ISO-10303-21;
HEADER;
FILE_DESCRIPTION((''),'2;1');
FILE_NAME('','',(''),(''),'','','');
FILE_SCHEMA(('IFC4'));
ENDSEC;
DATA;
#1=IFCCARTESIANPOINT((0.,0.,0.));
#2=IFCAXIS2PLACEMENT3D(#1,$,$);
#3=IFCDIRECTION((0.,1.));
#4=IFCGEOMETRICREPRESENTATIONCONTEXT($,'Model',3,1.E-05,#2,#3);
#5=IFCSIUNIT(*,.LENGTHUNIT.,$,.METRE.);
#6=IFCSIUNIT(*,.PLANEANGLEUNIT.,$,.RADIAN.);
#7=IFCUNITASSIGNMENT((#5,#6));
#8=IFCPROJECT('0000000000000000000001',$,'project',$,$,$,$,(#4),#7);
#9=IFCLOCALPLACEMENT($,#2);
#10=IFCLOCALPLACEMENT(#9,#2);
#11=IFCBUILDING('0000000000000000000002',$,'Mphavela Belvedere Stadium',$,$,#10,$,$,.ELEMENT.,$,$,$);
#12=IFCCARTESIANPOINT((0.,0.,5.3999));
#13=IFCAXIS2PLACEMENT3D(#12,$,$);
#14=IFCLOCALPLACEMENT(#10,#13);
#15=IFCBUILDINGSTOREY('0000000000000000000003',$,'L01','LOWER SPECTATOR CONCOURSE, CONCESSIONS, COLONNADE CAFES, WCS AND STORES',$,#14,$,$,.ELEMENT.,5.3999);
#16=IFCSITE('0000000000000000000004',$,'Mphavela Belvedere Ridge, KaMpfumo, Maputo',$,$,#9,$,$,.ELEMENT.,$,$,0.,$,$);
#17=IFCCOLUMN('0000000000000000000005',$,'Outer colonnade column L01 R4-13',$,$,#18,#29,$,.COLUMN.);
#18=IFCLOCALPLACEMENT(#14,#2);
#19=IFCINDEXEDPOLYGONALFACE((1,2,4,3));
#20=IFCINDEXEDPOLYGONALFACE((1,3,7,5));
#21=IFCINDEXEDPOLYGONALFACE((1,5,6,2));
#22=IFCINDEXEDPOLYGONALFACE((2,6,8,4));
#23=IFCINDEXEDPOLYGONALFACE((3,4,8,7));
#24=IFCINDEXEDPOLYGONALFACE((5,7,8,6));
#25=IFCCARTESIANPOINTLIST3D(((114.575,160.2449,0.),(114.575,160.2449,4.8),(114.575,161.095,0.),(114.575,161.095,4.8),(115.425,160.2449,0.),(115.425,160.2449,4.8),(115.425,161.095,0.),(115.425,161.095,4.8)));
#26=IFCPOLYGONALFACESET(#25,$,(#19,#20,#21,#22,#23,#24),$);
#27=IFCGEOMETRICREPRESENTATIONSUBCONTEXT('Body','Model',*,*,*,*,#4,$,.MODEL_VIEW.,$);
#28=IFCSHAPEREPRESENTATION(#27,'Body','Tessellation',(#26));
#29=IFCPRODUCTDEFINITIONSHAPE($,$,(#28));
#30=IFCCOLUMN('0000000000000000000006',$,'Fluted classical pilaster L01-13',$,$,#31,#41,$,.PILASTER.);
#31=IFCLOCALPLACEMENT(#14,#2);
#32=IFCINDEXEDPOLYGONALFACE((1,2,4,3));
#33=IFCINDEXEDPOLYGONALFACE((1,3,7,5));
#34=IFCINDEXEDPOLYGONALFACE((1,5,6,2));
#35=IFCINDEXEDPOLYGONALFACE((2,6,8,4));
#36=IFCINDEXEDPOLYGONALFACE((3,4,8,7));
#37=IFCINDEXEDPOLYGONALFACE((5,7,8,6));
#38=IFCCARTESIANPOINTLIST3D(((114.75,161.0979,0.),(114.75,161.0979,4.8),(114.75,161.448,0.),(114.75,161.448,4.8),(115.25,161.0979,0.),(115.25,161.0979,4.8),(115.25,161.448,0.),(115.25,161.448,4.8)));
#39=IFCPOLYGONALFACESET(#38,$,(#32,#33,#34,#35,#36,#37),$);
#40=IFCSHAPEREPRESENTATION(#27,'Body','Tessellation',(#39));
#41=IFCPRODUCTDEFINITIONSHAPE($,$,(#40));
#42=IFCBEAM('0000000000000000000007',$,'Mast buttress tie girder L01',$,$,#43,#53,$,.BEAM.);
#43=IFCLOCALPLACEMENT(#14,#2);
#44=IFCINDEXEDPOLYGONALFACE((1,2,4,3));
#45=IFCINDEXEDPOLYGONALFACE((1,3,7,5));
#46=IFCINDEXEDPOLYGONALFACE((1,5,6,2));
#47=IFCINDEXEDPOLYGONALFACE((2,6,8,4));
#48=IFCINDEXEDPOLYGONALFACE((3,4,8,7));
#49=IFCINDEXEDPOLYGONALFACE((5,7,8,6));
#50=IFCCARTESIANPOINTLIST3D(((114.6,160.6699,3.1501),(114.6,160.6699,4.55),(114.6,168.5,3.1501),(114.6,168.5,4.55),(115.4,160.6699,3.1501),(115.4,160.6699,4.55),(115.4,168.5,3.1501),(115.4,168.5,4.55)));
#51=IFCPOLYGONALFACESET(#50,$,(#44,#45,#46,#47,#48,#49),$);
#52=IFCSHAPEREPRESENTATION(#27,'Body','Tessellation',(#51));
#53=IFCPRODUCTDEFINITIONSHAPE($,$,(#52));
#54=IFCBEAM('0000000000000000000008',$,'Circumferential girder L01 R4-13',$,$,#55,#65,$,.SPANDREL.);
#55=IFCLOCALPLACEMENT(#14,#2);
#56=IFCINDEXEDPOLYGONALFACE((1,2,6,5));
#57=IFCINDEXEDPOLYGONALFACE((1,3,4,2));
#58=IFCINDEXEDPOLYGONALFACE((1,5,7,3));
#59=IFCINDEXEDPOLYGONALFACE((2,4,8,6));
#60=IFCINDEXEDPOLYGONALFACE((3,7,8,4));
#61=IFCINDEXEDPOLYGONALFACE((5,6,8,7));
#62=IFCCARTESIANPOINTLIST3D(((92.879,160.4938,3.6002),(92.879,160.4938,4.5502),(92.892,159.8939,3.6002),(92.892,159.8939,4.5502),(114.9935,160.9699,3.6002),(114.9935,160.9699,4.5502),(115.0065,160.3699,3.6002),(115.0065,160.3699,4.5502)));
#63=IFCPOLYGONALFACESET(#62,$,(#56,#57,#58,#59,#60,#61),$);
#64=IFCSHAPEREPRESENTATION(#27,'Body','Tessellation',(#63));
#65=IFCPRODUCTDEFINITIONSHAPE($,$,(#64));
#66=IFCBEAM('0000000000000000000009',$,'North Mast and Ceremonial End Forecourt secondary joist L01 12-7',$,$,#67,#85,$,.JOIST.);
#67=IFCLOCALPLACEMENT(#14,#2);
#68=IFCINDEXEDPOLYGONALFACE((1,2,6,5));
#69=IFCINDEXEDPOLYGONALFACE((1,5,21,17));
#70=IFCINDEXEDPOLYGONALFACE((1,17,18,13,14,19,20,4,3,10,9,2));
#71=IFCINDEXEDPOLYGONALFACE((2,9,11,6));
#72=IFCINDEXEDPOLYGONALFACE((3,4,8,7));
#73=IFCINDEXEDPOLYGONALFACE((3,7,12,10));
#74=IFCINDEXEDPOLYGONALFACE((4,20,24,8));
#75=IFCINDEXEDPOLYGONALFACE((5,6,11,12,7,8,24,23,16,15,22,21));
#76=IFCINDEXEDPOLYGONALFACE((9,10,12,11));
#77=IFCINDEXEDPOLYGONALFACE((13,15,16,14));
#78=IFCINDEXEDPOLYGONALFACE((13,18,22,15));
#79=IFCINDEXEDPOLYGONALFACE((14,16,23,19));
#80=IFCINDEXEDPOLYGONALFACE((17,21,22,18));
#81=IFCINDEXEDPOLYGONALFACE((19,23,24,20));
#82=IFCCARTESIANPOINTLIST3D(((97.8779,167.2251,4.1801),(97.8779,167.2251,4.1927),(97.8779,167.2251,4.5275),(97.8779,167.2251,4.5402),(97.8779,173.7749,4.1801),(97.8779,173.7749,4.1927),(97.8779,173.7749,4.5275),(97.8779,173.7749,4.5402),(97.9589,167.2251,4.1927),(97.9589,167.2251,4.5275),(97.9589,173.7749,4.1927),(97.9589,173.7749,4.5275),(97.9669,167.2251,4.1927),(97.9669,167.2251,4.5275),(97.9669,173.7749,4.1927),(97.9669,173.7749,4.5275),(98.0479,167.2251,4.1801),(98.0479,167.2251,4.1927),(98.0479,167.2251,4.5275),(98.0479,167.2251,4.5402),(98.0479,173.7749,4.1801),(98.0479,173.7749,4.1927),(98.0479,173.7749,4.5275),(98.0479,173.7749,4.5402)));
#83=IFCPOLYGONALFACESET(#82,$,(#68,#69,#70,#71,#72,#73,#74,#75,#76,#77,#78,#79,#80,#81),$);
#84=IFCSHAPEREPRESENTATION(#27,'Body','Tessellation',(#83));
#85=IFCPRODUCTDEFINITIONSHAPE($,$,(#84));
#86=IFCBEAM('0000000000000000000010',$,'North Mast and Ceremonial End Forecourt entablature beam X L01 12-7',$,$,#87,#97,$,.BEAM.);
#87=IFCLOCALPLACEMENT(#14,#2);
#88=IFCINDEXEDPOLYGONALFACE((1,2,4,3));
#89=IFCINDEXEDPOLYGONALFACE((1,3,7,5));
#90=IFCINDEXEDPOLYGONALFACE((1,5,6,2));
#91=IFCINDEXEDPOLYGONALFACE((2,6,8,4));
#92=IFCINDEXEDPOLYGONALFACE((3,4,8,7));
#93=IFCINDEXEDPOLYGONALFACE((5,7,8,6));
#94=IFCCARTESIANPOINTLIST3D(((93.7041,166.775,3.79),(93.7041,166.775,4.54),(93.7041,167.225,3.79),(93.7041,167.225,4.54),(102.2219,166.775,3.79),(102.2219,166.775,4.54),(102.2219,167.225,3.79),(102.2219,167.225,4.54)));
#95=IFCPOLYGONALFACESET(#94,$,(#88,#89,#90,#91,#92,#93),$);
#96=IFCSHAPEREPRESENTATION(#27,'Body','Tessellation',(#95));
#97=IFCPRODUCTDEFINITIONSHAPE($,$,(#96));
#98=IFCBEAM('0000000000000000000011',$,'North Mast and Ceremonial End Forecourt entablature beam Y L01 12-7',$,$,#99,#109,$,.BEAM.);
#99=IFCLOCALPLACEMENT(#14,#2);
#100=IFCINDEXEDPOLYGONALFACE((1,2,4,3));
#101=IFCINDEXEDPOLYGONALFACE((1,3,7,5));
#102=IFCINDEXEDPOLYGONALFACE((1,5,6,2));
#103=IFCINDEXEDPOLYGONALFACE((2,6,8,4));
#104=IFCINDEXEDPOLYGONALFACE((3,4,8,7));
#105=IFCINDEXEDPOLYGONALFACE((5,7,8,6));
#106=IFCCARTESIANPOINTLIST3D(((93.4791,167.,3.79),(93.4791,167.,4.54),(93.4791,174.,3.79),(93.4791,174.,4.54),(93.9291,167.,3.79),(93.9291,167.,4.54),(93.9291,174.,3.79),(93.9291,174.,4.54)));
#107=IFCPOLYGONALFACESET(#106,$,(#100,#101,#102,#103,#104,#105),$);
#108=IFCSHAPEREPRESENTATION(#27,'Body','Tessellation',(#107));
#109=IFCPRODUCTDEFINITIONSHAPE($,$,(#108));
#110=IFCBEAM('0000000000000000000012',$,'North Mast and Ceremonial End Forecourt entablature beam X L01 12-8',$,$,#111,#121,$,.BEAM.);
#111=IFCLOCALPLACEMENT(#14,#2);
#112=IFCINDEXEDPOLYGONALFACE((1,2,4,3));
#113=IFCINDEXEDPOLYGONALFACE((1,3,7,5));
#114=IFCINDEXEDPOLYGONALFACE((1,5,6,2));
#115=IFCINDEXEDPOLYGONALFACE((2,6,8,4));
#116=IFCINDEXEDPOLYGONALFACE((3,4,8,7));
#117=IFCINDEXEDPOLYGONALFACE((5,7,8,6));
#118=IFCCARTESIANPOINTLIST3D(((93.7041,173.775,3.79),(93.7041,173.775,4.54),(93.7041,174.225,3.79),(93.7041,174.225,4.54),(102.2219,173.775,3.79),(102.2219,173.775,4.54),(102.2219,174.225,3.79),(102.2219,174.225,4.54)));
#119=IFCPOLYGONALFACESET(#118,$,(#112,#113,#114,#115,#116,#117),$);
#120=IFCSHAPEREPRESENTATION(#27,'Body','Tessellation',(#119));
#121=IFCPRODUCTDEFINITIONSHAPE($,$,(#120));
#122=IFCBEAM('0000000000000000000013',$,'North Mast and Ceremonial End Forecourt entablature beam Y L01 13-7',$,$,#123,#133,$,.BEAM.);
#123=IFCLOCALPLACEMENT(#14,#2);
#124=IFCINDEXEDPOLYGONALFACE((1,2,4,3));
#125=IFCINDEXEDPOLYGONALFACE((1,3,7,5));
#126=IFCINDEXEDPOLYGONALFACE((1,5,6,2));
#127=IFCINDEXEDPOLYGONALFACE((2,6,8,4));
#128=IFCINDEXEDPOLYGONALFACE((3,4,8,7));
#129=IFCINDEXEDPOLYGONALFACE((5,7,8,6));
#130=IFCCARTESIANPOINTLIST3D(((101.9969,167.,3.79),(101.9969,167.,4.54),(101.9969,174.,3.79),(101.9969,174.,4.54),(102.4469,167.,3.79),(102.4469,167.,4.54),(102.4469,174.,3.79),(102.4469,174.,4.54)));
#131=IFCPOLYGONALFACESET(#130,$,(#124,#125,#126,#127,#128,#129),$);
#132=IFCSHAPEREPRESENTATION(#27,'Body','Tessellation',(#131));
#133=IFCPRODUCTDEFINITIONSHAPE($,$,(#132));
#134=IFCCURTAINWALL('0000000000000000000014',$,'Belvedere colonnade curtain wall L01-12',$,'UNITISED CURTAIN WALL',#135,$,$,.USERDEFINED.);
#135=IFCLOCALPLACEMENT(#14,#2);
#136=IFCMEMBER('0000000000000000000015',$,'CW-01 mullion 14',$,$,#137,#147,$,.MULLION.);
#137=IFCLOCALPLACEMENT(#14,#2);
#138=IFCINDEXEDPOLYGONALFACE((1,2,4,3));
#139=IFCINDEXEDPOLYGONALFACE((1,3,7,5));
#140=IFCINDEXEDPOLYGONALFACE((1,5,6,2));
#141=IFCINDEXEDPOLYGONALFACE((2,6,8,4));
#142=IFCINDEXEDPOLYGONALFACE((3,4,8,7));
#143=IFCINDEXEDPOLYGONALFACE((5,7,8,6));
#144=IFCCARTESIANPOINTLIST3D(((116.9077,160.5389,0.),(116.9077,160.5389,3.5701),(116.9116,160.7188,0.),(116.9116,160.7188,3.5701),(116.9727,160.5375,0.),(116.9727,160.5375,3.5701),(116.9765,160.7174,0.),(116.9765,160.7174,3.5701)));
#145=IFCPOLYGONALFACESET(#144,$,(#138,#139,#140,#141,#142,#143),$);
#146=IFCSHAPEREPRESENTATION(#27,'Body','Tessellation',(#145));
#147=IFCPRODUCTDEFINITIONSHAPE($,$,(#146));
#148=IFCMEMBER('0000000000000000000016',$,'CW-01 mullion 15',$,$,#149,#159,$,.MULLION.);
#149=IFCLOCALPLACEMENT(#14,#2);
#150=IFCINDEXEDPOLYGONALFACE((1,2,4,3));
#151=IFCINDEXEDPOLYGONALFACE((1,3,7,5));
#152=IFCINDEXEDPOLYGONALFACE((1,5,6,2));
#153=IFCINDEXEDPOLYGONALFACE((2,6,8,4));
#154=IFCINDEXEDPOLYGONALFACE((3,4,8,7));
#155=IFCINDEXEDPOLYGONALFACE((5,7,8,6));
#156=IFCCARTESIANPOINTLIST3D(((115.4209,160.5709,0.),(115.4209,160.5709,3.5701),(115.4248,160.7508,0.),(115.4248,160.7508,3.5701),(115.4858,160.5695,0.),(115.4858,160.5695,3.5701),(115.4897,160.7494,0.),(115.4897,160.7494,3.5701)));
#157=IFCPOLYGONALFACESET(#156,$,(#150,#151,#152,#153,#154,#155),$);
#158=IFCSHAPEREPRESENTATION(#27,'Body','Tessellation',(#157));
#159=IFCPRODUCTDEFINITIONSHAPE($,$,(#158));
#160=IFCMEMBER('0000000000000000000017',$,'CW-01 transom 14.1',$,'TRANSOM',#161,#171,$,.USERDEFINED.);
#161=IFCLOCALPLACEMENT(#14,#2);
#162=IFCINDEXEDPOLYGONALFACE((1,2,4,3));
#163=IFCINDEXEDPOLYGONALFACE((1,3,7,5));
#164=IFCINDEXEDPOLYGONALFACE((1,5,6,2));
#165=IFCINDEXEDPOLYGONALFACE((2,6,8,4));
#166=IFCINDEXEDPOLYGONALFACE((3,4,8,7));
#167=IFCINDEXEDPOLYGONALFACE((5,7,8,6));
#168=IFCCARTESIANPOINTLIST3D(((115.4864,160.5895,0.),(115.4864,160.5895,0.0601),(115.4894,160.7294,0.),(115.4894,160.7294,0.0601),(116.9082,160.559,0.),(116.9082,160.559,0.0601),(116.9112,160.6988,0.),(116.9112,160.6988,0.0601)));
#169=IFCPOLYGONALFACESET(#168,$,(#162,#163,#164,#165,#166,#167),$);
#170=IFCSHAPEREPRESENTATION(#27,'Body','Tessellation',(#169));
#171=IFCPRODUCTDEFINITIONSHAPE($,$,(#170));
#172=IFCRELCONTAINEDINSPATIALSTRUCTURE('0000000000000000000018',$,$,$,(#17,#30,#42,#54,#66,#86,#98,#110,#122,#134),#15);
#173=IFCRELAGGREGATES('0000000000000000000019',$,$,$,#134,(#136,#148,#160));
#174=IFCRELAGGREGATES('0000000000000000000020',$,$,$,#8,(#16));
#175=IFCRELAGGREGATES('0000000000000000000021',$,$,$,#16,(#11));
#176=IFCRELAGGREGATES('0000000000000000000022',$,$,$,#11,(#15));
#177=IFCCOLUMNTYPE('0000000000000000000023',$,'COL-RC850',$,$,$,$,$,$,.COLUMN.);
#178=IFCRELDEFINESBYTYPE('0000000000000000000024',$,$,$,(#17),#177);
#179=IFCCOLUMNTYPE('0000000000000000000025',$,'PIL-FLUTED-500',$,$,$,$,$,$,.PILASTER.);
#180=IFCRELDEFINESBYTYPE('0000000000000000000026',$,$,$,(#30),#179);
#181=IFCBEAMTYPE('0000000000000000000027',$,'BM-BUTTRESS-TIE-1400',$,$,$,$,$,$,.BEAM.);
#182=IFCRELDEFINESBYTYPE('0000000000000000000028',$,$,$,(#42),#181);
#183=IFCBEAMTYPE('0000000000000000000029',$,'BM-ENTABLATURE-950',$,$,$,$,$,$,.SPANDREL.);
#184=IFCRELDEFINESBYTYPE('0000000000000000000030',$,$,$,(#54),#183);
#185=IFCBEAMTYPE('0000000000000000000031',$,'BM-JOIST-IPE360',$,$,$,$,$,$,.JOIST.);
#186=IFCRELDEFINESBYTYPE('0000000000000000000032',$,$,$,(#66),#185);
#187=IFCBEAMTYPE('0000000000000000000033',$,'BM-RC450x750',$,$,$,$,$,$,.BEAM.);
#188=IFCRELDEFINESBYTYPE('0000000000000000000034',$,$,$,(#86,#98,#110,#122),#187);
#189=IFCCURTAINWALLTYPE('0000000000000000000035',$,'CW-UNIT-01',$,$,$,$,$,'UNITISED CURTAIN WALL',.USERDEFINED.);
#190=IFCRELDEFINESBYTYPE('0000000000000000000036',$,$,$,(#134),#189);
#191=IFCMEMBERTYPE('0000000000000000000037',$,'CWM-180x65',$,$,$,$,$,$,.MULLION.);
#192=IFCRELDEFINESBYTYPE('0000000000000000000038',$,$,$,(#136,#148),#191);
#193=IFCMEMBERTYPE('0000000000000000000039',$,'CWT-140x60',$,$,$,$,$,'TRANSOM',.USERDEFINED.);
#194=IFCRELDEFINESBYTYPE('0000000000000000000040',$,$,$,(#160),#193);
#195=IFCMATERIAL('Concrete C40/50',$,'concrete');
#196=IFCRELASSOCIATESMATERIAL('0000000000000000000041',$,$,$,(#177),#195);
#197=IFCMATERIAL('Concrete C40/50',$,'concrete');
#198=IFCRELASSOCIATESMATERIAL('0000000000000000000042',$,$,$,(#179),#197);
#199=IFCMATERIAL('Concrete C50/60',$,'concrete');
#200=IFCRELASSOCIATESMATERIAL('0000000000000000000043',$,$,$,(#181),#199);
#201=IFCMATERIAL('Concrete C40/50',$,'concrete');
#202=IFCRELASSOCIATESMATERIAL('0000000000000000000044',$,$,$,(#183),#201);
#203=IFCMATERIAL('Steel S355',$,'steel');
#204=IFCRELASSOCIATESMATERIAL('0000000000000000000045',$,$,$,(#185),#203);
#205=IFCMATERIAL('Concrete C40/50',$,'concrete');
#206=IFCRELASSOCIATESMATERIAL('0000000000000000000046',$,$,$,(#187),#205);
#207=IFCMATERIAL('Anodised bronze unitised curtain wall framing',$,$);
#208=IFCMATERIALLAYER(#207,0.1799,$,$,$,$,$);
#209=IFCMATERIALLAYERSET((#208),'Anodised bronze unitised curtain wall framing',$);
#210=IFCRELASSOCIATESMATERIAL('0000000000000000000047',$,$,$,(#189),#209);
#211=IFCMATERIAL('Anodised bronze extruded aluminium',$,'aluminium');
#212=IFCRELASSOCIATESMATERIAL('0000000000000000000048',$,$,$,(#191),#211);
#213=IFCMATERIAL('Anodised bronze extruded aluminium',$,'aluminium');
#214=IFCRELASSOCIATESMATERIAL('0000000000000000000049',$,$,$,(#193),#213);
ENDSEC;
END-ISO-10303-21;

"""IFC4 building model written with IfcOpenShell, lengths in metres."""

from ifc_helpers import new_model, si_unit, direction, frame, origin, origin_2d, place, context, subcontext, project, spatial, rectangle, i_section, extrude, material, layer, layer_set, material_profile, profile_set, type_object, element, aggregate, save


model = new_model("IFC4")

# Units and contexts
model_context = context("Model", 3, precision=1e-05, world=origin(), true_north=direction((0.0, 1.0)))
body_context = subcontext(model_context, "Body", "Model", "MODEL_VIEW")
ifc_project = project(units=[si_unit("LENGTHUNIT", "METRE"), si_unit("PLANEANGLEUNIT", "RADIAN")], contexts=[model_context])

# Site, building, storey
site_placement = place(None, origin())
site = spatial("IfcSite", under=ifc_project, at=site_placement, Name="Mphavela Belvedere Ridge, KaMpfumo, Maputo", CompositionType="ELEMENT", RefElevation=0.0)
building_placement = place(site_placement, origin())
building = spatial("IfcBuilding", under=site, at=building_placement, Name="Mphavela Belvedere Stadium", CompositionType="ELEMENT")
storey_placement = place(building_placement, frame((0.0, 0.0, 5.3999)))
storey = spatial("IfcBuildingStorey", under=building, at=storey_placement, Name="L01", Description="LOWER SPECTATOR CONCOURSE, CONCESSIONS, COLONNADE CAFES, WCS AND STORES", CompositionType="ELEMENT", Elevation=5.3999)

# Columns
ifc_material_1 = material(Name="Concrete C40/50", Category="concrete")
ifc_material_profile_1 = material_profile(ifc_material_1, rectangle(XDim=0.8501, YDim=0.8501, at=origin_2d()), Name="RC 850x850")
ifc_profile_set_1 = profile_set([ifc_material_profile_1], Name="Concrete C40/50")
column_type_1 = type_object("IfcColumnType", Name="COL-RC850", PredefinedType="COLUMN", material=ifc_profile_set_1)
column_1_placement = place(storey_placement, frame((115.0, 160.6699, 0.0), z_axis=(0.0, 0.0, 1.0), x_axis=(0.0, 1.0, 0.0)))
element("IfcColumn", 1, at=column_1_placement, inside=storey, type_object=column_type_1, Name="Outer colonnade column L01 R4-13", PredefinedType="COLUMN", context=body_context, shape_type="SweptSolid", body=[
    extrude(rectangle(XDim=0.8501, YDim=0.8501, at=origin_2d()), origin(), (0.0, 0.0, 1.0), 4.8),
])
ifc_material_2 = material(Name="Concrete C40/50", Category="concrete")
ifc_material_profile_2 = material_profile(ifc_material_2, rectangle(XDim=0.5, YDim=0.3501, at=origin_2d()), Name="PIL 500x350")
ifc_profile_set_2 = profile_set([ifc_material_profile_2], Name="Concrete C40/50")
column_type_2 = type_object("IfcColumnType", Name="PIL-FLUTED-500", PredefinedType="PILASTER", material=ifc_profile_set_2)
column_2_placement = place(storey_placement, frame((115.0, 161.2729, 0.0), z_axis=(0.0, 0.0, 1.0), x_axis=(-1.0, 0.0, 0.0)))
element("IfcColumn", 2, at=column_2_placement, inside=storey, type_object=column_type_2, Name="Fluted classical pilaster L01-13", PredefinedType="PILASTER", context=body_context, shape_type="SweptSolid", body=[
    extrude(rectangle(XDim=0.5, YDim=0.3501, at=origin_2d()), origin(), (0.0, 0.0, 1.0), 4.8),
])

# Beams
ifc_material_3 = material(Name="Concrete C50/60", Category="concrete")
ifc_material_profile_3 = material_profile(ifc_material_3, rectangle(XDim=0.8, YDim=1.3999, at=origin_2d()), Name="RC 800x1400")
ifc_profile_set_3 = profile_set([ifc_material_profile_3], Name="Concrete C50/60")
beam_type_1 = type_object("IfcBeamType", Name="BM-BUTTRESS-TIE-1400", PredefinedType="BEAM", material=ifc_profile_set_3)
beam_1_placement = place(storey_placement, frame((115.0, 160.6699, 3.8501), z_axis=(0.0, 1.0, 0.0), x_axis=(-1.0, 0.0, 0.0)))
element("IfcBeam", 3, at=beam_1_placement, inside=storey, type_object=beam_type_1, Name="Mast buttress tie girder L01", PredefinedType="BEAM", context=body_context, shape_type="SweptSolid", body=[
    extrude(rectangle(XDim=0.8, YDim=1.3999, at=origin_2d()), origin(), (0.0, 0.0, 1.0), 7.8301),
])
ifc_material_4 = material(Name="Concrete C40/50", Category="concrete")
ifc_material_profile_4 = material_profile(ifc_material_4, rectangle(XDim=0.6001, YDim=0.95, at=origin_2d()), Name="RC 600x950")
ifc_profile_set_4 = profile_set([ifc_material_profile_4], Name="Concrete C40/50")
beam_type_2 = type_object("IfcBeamType", Name="BM-ENTABLATURE-950", PredefinedType="SPANDREL", material=ifc_profile_set_4)
beam_2_placement = place(storey_placement, frame((115.0, 160.6699, 4.0752), z_axis=(-0.999768, -0.021523, 0.0), x_axis=(0.021523, -0.999768, 0.0)))
element("IfcBeam", 4, at=beam_2_placement, inside=storey, type_object=beam_type_2, Name="Circumferential girder L01 R4-13", PredefinedType="SPANDREL", context=body_context, shape_type="SweptSolid", body=[
    extrude(rectangle(XDim=0.6001, YDim=0.95, at=origin_2d()), origin(), (0.0, 0.0, 1.0), 22.1196),
])
ifc_material_5 = material(Name="Steel S355", Category="steel")
ifc_material_profile_5 = material_profile(ifc_material_5, i_section(OverallWidth=0.1699, OverallDepth=0.3601, WebThickness=0.0081, FlangeThickness=0.0127, at=origin_2d()), Name="IPE 360")
ifc_profile_set_5 = profile_set([ifc_material_profile_5], Name="Steel S355")
beam_type_3 = type_object("IfcBeamType", Name="BM-JOIST-IPE360", PredefinedType="JOIST", material=ifc_profile_set_5)
beam_3_placement = place(storey_placement, frame((97.9629, 167.2251, 4.3601), z_axis=(0.0, 1.0, 0.0), x_axis=(-1.0, 0.0, 0.0)))
element("IfcBeam", 5, at=beam_3_placement, inside=storey, type_object=beam_type_3, Name="North Mast and Ceremonial End Forecourt secondary joist L01 12-7", PredefinedType="JOIST", context=body_context, shape_type="SweptSolid", body=[
    extrude(i_section(OverallWidth=0.1699, OverallDepth=0.3601, WebThickness=0.0081, FlangeThickness=0.0127, at=origin_2d()), origin(), (0.0, 0.0, 1.0), 6.5498),
])
ifc_material_6 = material(Name="Concrete C40/50", Category="concrete")
ifc_material_profile_6 = material_profile(ifc_material_6, rectangle(XDim=0.45, YDim=0.75, at=origin_2d()), Name="RC 450x750")
ifc_profile_set_6 = profile_set([ifc_material_profile_6], Name="Concrete C40/50")
beam_type_4 = type_object("IfcBeamType", Name="BM-RC450x750", PredefinedType="BEAM", material=ifc_profile_set_6)
beam_4_placement = place(storey_placement, frame((93.7041, 167.0, 4.165), z_axis=(1.0, 0.0, 0.0), x_axis=(0.0, 1.0, 0.0)))
element("IfcBeam", 6, at=beam_4_placement, inside=storey, type_object=beam_type_4, Name="North Mast and Ceremonial End Forecourt entablature beam X L01 12-7", PredefinedType="BEAM", context=body_context, shape_type="SweptSolid", body=[
    extrude(rectangle(XDim=0.45, YDim=0.75, at=origin_2d()), origin(), (0.0, 0.0, 1.0), 8.5178),
])
beam_5_placement = place(storey_placement, frame((93.7041, 167.0, 4.165), z_axis=(0.0, 1.0, 0.0), x_axis=(-1.0, 0.0, 0.0)))
element("IfcBeam", 7, at=beam_5_placement, inside=storey, type_object=beam_type_4, Name="North Mast and Ceremonial End Forecourt entablature beam Y L01 12-7", PredefinedType="BEAM", context=body_context, shape_type="SweptSolid", body=[
    extrude(rectangle(XDim=0.45, YDim=0.75, at=origin_2d()), origin(), (0.0, 0.0, 1.0), 7.0),
])
beam_6_placement = place(storey_placement, frame((93.7041, 174.0, 4.165), z_axis=(1.0, 0.0, 0.0), x_axis=(0.0, 1.0, 0.0)))
element("IfcBeam", 8, at=beam_6_placement, inside=storey, type_object=beam_type_4, Name="North Mast and Ceremonial End Forecourt entablature beam X L01 12-8", PredefinedType="BEAM", context=body_context, shape_type="SweptSolid", body=[
    extrude(rectangle(XDim=0.45, YDim=0.75, at=origin_2d()), origin(), (0.0, 0.0, 1.0), 8.5178),
])
beam_7_placement = place(storey_placement, frame((102.2219, 167.0, 4.165), z_axis=(0.0, 1.0, 0.0), x_axis=(-1.0, 0.0, 0.0)))
element("IfcBeam", 9, at=beam_7_placement, inside=storey, type_object=beam_type_4, Name="North Mast and Ceremonial End Forecourt entablature beam Y L01 13-7", PredefinedType="BEAM", context=body_context, shape_type="SweptSolid", body=[
    extrude(rectangle(XDim=0.45, YDim=0.75, at=origin_2d()), origin(), (0.0, 0.0, 1.0), 7.0),
])

# Curtain wall, members
ifc_material_7 = material(Name="Anodised bronze unitised curtain wall framing")
ifc_layer_1 = layer(ifc_material_7, 0.1799)
ifc_layer_set_1 = layer_set([ifc_layer_1], Name="Anodised bronze unitised curtain wall framing")
curtain_wall_type = type_object("IfcCurtainWallType", Name="CW-UNIT-01", ElementType="UNITISED CURTAIN WALL", PredefinedType="USERDEFINED", material=ifc_layer_set_1)
curtain_wall_placement = place(storey_placement, origin())
curtain_wall = element("IfcCurtainWall", 10, at=curtain_wall_placement, inside=storey, type_object=curtain_wall_type, Name="Belvedere colonnade curtain wall L01-12", ObjectType="UNITISED CURTAIN WALL", PredefinedType="USERDEFINED")
ifc_material_8 = material(Name="Anodised bronze extruded aluminium", Category="aluminium")
ifc_material_profile_7 = material_profile(ifc_material_8, rectangle(XDim=0.1799, YDim=0.0649, at=origin_2d()), Name="CW-MUL 180x65")
ifc_profile_set_7 = profile_set([ifc_material_profile_7], Name="Anodised bronze extruded aluminium")
member_type_1 = type_object("IfcMemberType", Name="CWM-180x65", PredefinedType="MULLION", material=ifc_profile_set_7)
member_1_placement = place(storey_placement, frame((116.9421, 160.6282, 0.0), z_axis=(0.0, 0.0, 1.0), x_axis=(-0.021529, -0.999768, 0.0)))
member_1 = element("IfcMember", 11, at=member_1_placement, type_object=member_type_1, Name="CW-01 mullion 14", PredefinedType="MULLION", context=body_context, shape_type="SweptSolid", body=[
    extrude(rectangle(XDim=0.1799, YDim=0.0649, at=origin_2d()), origin(), (0.0, 0.0, 1.0), 3.5701),
])
member_2_placement = place(storey_placement, frame((115.4553, 160.6602, 0.0), z_axis=(0.0, 0.0, 1.0), x_axis=(-0.021529, -0.999768, 0.0)))
member_2 = element("IfcMember", 12, at=member_2_placement, type_object=member_type_1, Name="CW-01 mullion 15", PredefinedType="MULLION", context=body_context, shape_type="SweptSolid", body=[
    extrude(rectangle(XDim=0.1799, YDim=0.0649, at=origin_2d()), origin(), (0.0, 0.0, 1.0), 3.5701),
])
ifc_material_9 = material(Name="Anodised bronze extruded aluminium", Category="aluminium")
ifc_material_profile_8 = material_profile(ifc_material_9, rectangle(XDim=0.1399, YDim=0.0601, at=origin_2d()), Name="CW-TRN 140x60")
ifc_profile_set_8 = profile_set([ifc_material_profile_8], Name="Anodised bronze extruded aluminium")
member_type_2 = type_object("IfcMemberType", Name="CWT-140x60", ElementType="TRANSOM", PredefinedType="USERDEFINED", material=ifc_profile_set_8)
member_3_placement = place(storey_placement, frame((116.9097, 160.6289, 0.03), z_axis=(-0.99977, 0.021458, 0.0), x_axis=(-0.021458, -0.99977, 0.0)))
member_3 = element("IfcMember", 13, at=member_3_placement, type_object=member_type_2, Name="CW-01 transom 14.1", ObjectType="TRANSOM", PredefinedType="USERDEFINED", context=body_context, shape_type="SweptSolid", body=[
    extrude(rectangle(XDim=0.1399, YDim=0.0601, at=origin_2d()), origin(), (0.0, 0.0, 1.0), 1.4221),
])
aggregate(curtain_wall, [member_1, member_2, member_3])

save(model, "model.ifc")
